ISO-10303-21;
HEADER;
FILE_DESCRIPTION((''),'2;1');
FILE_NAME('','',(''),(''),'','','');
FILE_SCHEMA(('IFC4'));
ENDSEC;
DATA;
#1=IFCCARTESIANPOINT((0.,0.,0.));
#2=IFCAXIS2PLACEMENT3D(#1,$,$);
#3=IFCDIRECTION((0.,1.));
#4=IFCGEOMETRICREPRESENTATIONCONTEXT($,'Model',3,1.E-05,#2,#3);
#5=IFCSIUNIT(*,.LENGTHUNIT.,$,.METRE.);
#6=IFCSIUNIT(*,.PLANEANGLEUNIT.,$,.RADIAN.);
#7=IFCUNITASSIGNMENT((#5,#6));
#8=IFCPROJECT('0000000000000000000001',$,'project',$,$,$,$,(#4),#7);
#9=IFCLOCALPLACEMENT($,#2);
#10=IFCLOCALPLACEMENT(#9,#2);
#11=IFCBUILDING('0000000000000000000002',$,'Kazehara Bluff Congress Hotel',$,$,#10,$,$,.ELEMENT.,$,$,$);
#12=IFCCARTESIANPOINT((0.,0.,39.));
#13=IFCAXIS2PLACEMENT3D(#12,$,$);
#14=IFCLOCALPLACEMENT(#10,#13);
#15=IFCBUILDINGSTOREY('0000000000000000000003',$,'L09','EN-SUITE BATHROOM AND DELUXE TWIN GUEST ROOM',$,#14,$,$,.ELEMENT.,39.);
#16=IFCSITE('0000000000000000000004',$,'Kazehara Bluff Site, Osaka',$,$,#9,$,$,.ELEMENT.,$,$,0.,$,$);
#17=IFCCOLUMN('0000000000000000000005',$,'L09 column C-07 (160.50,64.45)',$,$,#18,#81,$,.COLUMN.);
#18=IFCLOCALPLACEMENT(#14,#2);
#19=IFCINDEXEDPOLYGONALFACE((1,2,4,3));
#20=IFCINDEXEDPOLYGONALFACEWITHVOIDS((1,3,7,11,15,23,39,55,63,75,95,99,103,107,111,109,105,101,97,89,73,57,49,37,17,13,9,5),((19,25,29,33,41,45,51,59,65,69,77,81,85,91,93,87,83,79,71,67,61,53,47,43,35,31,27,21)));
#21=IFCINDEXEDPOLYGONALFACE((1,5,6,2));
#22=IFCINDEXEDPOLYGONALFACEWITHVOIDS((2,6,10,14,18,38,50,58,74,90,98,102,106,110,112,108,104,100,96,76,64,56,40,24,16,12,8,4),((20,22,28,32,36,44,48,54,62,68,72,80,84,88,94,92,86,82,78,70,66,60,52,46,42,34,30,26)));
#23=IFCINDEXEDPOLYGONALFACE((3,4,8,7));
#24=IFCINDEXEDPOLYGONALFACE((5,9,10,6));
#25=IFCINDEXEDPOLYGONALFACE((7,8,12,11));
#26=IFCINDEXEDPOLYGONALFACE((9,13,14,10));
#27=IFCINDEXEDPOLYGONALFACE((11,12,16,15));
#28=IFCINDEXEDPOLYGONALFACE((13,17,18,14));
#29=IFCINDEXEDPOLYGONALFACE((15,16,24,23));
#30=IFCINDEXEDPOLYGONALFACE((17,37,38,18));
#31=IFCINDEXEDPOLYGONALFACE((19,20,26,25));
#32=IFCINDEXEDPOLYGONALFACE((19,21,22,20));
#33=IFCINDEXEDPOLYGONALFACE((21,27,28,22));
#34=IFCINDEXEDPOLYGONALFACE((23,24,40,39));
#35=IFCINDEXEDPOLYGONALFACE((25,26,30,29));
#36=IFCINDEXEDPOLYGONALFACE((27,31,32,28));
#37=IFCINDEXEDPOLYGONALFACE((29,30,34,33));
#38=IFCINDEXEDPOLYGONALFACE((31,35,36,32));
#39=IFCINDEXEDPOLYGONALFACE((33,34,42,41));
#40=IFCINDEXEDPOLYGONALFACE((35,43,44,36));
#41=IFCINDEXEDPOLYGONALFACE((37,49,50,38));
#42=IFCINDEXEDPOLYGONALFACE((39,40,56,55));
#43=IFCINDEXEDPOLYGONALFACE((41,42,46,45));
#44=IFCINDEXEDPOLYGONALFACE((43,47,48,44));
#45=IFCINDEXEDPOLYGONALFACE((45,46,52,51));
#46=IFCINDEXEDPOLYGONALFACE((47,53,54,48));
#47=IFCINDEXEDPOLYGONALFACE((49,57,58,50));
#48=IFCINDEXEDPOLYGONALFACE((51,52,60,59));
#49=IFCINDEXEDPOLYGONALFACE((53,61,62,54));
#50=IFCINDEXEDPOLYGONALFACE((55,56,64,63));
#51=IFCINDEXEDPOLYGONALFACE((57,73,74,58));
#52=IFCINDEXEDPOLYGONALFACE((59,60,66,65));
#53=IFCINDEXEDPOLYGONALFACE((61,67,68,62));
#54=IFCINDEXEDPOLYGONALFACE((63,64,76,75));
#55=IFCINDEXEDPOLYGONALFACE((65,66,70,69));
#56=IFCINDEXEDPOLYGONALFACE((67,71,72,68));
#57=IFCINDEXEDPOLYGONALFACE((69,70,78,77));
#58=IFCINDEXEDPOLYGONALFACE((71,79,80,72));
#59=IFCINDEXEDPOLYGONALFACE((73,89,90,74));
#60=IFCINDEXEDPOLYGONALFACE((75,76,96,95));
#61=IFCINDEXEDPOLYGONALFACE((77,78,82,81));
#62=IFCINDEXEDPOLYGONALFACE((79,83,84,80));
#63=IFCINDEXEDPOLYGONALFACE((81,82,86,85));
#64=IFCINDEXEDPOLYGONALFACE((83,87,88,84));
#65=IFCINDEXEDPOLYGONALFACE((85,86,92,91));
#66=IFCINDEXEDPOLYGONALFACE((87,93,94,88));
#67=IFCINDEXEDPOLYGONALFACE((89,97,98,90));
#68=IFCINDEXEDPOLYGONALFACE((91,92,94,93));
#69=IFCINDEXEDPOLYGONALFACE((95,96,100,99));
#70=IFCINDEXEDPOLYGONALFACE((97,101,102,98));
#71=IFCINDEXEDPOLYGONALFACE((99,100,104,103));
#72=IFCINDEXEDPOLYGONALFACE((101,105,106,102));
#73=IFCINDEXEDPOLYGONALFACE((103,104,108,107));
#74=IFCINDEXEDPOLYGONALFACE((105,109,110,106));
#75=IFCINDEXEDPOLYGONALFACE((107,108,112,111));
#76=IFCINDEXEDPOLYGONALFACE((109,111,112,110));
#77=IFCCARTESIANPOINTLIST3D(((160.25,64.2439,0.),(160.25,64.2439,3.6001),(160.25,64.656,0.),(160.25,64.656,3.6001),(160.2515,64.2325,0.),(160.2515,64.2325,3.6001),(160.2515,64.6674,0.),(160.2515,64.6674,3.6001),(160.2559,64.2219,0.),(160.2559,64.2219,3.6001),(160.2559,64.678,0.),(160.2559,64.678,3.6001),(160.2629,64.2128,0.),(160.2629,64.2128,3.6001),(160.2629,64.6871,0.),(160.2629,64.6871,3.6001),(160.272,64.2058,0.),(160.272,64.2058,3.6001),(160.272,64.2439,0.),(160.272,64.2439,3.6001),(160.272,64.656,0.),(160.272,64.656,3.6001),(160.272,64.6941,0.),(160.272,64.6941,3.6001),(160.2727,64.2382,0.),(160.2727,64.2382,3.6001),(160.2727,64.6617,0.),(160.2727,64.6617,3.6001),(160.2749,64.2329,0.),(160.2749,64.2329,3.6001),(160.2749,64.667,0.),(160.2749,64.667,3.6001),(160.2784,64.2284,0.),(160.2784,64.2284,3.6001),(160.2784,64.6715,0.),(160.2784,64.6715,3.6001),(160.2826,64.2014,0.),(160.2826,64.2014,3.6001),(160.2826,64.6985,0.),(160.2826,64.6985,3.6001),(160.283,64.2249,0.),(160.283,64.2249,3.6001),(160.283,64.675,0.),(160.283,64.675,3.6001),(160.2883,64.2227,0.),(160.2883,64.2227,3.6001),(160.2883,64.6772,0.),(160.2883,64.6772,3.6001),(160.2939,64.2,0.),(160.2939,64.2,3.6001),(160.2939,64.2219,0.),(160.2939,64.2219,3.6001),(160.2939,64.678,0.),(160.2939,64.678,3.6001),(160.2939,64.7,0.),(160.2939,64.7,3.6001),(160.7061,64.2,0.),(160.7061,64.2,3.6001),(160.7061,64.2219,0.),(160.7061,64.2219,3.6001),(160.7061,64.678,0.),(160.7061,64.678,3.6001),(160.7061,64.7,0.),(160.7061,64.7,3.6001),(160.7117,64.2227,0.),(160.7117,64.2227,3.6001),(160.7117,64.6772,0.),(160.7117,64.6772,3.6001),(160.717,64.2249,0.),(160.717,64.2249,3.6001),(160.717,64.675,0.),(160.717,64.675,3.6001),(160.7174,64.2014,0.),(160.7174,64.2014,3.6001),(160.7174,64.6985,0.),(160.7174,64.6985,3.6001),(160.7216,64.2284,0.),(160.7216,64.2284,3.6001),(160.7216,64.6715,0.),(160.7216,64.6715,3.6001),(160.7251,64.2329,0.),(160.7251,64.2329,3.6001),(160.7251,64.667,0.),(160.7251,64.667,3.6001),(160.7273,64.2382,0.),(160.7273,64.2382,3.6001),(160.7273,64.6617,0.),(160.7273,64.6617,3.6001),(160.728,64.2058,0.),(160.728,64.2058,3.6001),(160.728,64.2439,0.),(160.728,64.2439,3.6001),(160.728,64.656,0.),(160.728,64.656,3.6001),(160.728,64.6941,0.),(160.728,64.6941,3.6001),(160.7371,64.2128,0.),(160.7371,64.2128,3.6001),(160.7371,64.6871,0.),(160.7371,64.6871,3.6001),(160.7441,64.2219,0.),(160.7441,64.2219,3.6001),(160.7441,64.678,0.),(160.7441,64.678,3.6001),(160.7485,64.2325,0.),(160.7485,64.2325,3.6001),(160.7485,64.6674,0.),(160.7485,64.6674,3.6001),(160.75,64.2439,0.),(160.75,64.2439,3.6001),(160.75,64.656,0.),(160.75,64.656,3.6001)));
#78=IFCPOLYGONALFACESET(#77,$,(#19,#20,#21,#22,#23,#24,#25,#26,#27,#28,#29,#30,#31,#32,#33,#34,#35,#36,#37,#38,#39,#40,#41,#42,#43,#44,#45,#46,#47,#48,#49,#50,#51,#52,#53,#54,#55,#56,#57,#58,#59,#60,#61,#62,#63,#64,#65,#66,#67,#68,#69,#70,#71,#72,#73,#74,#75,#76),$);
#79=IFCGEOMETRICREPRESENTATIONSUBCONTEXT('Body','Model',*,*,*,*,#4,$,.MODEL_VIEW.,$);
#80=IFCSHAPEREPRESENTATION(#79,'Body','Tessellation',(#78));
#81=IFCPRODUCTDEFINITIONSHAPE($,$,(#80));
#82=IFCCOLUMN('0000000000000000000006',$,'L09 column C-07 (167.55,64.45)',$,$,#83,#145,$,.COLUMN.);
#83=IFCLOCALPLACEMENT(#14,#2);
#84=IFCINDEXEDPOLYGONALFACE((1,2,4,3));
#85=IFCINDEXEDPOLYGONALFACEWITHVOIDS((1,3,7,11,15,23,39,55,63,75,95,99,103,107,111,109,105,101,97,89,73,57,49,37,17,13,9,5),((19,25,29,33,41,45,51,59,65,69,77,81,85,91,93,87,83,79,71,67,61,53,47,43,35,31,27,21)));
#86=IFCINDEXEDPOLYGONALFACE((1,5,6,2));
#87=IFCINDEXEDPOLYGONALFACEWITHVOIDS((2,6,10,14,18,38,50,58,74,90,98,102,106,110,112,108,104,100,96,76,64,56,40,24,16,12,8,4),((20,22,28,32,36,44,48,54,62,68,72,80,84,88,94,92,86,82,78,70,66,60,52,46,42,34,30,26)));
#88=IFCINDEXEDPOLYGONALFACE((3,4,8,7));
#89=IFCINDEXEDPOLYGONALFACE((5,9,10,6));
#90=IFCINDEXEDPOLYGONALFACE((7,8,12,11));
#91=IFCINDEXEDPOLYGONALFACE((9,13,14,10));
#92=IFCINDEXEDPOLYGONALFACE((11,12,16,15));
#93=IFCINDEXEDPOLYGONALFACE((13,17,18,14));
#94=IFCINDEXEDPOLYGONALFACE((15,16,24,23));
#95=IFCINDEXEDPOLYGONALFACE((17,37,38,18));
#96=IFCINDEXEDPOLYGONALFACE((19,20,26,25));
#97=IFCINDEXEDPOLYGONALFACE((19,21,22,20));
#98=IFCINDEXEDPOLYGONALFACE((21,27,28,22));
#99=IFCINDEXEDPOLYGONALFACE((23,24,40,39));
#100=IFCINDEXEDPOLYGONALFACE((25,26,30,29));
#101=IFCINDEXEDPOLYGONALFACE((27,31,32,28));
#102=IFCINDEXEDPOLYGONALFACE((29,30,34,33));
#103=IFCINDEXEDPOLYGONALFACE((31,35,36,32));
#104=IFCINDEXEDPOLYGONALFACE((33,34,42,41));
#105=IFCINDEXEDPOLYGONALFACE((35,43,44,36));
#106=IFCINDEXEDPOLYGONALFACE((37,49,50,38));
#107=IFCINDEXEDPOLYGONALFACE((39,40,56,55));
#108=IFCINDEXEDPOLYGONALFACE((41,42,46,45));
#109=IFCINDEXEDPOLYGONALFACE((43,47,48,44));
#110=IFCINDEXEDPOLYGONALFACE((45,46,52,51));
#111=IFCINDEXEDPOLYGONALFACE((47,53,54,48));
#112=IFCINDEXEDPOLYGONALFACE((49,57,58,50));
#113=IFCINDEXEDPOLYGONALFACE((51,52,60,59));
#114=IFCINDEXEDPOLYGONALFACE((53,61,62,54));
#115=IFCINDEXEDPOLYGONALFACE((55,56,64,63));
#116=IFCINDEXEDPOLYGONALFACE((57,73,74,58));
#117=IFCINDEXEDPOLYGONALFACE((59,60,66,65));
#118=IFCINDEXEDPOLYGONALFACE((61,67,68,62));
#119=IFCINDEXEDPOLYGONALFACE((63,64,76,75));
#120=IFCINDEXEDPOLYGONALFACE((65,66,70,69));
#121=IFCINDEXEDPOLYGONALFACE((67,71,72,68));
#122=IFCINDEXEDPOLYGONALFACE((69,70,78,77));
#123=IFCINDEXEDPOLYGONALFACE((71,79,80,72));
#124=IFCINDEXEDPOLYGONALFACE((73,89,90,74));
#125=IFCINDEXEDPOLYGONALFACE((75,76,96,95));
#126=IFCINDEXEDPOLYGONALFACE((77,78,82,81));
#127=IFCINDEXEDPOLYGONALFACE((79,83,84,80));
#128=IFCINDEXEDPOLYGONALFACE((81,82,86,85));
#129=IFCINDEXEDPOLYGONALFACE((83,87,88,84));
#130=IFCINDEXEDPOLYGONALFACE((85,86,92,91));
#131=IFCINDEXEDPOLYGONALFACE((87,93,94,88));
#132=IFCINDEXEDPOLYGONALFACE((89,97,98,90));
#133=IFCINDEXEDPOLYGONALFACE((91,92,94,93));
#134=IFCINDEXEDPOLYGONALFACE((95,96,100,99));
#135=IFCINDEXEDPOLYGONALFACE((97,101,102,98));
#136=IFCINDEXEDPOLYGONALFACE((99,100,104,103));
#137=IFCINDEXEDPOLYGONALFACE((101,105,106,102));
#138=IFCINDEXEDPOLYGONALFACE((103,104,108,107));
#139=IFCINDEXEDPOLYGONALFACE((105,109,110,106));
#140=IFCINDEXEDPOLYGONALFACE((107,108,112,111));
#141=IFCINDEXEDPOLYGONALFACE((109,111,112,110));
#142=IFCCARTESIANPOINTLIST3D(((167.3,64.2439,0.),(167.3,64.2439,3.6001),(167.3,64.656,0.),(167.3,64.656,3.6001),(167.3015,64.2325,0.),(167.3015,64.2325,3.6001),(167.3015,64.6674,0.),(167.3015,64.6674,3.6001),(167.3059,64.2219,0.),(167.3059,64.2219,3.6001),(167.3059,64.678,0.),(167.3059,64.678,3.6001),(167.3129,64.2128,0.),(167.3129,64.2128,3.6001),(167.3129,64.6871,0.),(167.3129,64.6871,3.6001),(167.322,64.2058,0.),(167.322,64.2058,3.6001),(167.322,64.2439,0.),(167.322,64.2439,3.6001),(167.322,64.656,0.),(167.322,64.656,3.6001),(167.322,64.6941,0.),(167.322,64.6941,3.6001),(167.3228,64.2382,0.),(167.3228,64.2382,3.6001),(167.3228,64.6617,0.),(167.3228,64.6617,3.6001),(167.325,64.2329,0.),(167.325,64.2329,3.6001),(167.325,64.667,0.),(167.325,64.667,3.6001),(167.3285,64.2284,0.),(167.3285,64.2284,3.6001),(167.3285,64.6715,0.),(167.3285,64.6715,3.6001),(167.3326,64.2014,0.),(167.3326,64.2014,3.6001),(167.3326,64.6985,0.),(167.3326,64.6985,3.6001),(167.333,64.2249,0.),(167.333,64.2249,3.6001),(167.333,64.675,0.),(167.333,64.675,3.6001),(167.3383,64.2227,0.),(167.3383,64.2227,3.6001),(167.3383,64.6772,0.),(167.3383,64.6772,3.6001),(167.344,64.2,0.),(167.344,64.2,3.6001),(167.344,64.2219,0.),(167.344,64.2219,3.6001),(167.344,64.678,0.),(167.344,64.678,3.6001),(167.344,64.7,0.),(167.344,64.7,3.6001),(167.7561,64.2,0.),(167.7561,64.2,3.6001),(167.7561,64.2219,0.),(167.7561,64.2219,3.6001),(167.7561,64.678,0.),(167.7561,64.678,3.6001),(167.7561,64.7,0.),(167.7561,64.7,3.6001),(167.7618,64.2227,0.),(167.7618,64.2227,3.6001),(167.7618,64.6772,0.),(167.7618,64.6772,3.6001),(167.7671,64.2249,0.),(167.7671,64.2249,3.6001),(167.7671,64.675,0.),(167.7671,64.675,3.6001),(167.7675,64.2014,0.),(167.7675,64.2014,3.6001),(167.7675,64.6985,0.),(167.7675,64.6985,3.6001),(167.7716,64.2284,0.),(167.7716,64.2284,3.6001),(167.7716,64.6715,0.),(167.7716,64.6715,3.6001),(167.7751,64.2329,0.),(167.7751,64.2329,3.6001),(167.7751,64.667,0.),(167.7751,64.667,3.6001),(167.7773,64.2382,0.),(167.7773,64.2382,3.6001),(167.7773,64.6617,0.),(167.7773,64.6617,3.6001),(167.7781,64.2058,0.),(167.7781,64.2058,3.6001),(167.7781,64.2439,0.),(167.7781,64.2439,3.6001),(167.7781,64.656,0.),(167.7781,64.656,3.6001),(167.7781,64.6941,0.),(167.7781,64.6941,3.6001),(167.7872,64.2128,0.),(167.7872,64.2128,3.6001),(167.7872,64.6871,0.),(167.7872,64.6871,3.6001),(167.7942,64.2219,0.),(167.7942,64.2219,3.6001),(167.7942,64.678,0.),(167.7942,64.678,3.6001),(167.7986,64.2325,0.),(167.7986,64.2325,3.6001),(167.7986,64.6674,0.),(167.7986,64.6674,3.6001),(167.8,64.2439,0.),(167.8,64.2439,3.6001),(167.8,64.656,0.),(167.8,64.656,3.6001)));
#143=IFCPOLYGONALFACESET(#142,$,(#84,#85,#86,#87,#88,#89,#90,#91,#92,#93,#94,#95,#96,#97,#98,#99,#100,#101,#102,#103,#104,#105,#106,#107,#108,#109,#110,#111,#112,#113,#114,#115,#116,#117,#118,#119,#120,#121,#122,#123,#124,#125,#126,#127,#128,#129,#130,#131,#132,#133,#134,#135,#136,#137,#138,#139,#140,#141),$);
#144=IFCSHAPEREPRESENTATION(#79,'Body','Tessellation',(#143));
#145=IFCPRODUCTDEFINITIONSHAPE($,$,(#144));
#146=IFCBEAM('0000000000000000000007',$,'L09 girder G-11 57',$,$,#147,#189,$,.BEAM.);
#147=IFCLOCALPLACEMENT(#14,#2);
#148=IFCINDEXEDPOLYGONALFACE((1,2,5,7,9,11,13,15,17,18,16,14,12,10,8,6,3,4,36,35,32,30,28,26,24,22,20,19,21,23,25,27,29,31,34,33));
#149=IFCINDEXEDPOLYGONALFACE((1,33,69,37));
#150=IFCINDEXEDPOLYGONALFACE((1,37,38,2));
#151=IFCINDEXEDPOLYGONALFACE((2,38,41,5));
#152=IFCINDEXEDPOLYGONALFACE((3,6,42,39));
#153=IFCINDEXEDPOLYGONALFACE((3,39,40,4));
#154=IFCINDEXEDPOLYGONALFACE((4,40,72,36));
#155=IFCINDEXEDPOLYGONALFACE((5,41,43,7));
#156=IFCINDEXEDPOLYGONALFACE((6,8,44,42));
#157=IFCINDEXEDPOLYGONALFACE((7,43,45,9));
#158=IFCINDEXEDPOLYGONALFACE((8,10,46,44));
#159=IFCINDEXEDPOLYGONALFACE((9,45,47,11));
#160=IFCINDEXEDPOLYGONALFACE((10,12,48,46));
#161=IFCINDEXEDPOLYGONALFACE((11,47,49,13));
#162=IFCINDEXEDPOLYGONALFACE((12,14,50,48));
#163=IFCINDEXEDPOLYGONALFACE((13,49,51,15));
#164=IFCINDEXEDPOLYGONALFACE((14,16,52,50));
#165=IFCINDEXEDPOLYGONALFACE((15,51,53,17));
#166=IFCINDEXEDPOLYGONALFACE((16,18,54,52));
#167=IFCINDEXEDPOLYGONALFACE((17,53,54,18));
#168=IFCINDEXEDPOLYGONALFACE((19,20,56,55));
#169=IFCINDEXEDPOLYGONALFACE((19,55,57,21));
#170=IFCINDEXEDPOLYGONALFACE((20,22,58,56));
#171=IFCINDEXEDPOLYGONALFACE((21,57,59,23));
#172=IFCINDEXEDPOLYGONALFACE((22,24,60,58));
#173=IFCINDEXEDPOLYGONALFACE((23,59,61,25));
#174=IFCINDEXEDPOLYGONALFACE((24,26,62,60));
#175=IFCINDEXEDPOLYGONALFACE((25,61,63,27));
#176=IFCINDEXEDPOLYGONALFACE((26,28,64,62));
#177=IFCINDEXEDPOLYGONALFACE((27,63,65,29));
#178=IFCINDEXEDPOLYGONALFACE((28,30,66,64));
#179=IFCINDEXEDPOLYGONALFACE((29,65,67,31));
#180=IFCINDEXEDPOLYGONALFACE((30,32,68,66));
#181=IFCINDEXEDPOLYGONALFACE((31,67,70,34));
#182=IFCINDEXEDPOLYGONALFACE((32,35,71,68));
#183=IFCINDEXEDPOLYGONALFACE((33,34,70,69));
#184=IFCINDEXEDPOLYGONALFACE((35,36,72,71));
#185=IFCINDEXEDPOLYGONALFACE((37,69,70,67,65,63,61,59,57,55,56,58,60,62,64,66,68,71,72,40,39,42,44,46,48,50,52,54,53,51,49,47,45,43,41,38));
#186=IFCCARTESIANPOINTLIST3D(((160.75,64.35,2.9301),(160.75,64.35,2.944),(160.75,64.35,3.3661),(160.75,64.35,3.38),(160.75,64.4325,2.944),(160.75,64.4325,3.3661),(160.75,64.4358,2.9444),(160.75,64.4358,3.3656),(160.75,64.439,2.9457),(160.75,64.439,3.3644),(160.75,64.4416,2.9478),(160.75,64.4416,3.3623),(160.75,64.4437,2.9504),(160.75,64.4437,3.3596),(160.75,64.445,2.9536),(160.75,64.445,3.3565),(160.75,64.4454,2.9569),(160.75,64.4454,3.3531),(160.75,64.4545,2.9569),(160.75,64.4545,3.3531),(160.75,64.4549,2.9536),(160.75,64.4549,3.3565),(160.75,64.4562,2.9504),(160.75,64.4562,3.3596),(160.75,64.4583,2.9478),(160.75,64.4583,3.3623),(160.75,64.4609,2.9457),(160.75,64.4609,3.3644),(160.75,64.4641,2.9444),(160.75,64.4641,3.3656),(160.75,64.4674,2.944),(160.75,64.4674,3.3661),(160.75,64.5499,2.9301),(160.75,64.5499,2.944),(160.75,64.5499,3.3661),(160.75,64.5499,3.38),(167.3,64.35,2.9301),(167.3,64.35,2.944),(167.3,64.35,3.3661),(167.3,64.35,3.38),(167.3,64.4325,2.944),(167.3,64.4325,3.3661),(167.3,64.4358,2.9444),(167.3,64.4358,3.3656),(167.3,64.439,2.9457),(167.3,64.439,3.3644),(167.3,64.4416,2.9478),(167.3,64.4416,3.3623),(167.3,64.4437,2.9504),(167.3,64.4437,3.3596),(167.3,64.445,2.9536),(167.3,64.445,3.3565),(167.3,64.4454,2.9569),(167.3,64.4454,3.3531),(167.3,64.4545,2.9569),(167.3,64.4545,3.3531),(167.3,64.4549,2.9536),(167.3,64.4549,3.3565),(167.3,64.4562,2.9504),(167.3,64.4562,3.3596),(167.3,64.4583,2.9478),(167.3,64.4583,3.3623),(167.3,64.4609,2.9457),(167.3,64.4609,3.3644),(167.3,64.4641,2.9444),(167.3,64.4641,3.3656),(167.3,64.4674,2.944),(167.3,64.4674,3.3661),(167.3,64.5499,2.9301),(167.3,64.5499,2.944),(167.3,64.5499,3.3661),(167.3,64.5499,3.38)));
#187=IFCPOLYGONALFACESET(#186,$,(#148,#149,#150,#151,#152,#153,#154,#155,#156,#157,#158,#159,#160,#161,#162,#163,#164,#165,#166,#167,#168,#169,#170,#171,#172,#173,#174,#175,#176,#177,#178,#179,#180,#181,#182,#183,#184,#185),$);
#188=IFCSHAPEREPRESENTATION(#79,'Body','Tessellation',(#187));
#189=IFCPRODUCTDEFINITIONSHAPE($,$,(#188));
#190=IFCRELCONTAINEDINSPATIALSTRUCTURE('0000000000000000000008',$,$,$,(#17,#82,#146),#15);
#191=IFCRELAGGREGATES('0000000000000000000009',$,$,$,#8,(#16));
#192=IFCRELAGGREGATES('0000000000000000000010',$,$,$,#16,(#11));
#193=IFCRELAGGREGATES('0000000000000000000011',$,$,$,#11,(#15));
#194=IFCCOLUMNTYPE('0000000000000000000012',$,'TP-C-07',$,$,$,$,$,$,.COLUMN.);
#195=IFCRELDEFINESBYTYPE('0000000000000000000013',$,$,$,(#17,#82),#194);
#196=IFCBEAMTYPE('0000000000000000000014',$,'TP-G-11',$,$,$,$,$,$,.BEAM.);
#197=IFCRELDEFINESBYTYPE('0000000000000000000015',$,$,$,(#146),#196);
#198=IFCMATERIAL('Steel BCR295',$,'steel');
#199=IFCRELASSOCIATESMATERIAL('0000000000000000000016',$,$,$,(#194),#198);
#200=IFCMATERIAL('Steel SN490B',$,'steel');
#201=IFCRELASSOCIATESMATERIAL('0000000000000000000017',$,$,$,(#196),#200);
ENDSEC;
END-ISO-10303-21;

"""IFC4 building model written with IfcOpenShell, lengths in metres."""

from ifc_helpers import new_model, si_unit, direction, frame, origin, origin_2d, place, context, subcontext, project, spatial, hollow_rectangle, i_section, extrude, material, material_profile, profile_set, type_object, element, save


model = new_model("IFC4")

# Units and contexts
model_context = context("Model", 3, precision=1e-05, world=origin(), true_north=direction((0.0, 1.0)))
body_context = subcontext(model_context, "Body", "Model", "MODEL_VIEW")
ifc_project = project(units=[si_unit("LENGTHUNIT", "METRE"), si_unit("PLANEANGLEUNIT", "RADIAN")], contexts=[model_context])

# Site, building, storey
site_placement = place(None, origin())
site = spatial("IfcSite", under=ifc_project, at=site_placement, Name="Kazehara Bluff Site, Osaka", CompositionType="ELEMENT", RefElevation=0.0)
building_placement = place(site_placement, origin())
building = spatial("IfcBuilding", under=site, at=building_placement, Name="Kazehara Bluff Congress Hotel", CompositionType="ELEMENT")
storey_placement = place(building_placement, frame((0.0, 0.0, 39.0)))
storey = spatial("IfcBuildingStorey", under=building, at=storey_placement, Name="L09", Description="EN-SUITE BATHROOM AND DELUXE TWIN GUEST ROOM", CompositionType="ELEMENT", Elevation=39.0)

# Columns
ifc_material_1 = material(Name="Steel BCR295", Category="steel")
ifc_material_profile_1 = material_profile(ifc_material_1, hollow_rectangle(XDim=0.5, YDim=0.5, WallThickness=0.022, InnerFilletRadius=0.022, OuterFilletRadius=0.0439, at=origin_2d()))
ifc_profile_set_1 = profile_set([ifc_material_profile_1], Name="Steel BCR295")
column_type = type_object("IfcColumnType", Name="TP-C-07", PredefinedType="COLUMN", material=ifc_profile_set_1)
for number, where, z_axis, x_axis, name in (
    (1, (160.5, 64.45, 0.0), (0.0, 0.0, 1.0), (1.0, 0.0, 0.0), "L09 column C-07 (160.50,64.45)"),
    (2, (167.55, 64.45, 0.0), (0.0, 0.0, 1.0), (1.0, 0.0, 0.0), "L09 column C-07 (167.55,64.45)"),
):
    element("IfcColumn", number, at=place(storey_placement, frame(where, z_axis=z_axis, x_axis=x_axis)), inside=storey, type_object=column_type, Name=name, PredefinedType="COLUMN", context=body_context, shape_type="SweptSolid", body=[
        extrude(hollow_rectangle(XDim=0.5, YDim=0.5, WallThickness=0.022, InnerFilletRadius=0.022, OuterFilletRadius=0.0439, at=origin_2d()), origin(), (0.0, 0.0, 1.0), 3.6001),
    ])

# Beam
ifc_material_2 = material(Name="Steel SN490B", Category="steel")
ifc_material_profile_2 = material_profile(ifc_material_2, i_section(OverallWidth=0.2, OverallDepth=0.45, WebThickness=0.009, FlangeThickness=0.0139, FilletRadius=0.0129, at=origin_2d()))
ifc_profile_set_2 = profile_set([ifc_material_profile_2], Name="Steel SN490B")
beam_type_1 = type_object("IfcBeamType", Name="TP-G-11", PredefinedType="BEAM", material=ifc_profile_set_2)
beam_1_placement = place(storey_placement, frame((160.75, 64.45, 3.155), z_axis=(1.0, 0.0, 0.0), x_axis=(0.0, 1.0, 0.0)))
element("IfcBeam", 3, at=beam_1_placement, inside=storey, type_object=beam_type_1, Name="L09 girder G-11 57", PredefinedType="BEAM", context=body_context, shape_type="SweptSolid", body=[
    extrude(i_section(OverallWidth=0.2, OverallDepth=0.45, WebThickness=0.009, FlangeThickness=0.0139, FilletRadius=0.0129, at=origin_2d()), origin(), (0.0, 0.0, 1.0), 6.55),
])

save(model, "model.ifc")
